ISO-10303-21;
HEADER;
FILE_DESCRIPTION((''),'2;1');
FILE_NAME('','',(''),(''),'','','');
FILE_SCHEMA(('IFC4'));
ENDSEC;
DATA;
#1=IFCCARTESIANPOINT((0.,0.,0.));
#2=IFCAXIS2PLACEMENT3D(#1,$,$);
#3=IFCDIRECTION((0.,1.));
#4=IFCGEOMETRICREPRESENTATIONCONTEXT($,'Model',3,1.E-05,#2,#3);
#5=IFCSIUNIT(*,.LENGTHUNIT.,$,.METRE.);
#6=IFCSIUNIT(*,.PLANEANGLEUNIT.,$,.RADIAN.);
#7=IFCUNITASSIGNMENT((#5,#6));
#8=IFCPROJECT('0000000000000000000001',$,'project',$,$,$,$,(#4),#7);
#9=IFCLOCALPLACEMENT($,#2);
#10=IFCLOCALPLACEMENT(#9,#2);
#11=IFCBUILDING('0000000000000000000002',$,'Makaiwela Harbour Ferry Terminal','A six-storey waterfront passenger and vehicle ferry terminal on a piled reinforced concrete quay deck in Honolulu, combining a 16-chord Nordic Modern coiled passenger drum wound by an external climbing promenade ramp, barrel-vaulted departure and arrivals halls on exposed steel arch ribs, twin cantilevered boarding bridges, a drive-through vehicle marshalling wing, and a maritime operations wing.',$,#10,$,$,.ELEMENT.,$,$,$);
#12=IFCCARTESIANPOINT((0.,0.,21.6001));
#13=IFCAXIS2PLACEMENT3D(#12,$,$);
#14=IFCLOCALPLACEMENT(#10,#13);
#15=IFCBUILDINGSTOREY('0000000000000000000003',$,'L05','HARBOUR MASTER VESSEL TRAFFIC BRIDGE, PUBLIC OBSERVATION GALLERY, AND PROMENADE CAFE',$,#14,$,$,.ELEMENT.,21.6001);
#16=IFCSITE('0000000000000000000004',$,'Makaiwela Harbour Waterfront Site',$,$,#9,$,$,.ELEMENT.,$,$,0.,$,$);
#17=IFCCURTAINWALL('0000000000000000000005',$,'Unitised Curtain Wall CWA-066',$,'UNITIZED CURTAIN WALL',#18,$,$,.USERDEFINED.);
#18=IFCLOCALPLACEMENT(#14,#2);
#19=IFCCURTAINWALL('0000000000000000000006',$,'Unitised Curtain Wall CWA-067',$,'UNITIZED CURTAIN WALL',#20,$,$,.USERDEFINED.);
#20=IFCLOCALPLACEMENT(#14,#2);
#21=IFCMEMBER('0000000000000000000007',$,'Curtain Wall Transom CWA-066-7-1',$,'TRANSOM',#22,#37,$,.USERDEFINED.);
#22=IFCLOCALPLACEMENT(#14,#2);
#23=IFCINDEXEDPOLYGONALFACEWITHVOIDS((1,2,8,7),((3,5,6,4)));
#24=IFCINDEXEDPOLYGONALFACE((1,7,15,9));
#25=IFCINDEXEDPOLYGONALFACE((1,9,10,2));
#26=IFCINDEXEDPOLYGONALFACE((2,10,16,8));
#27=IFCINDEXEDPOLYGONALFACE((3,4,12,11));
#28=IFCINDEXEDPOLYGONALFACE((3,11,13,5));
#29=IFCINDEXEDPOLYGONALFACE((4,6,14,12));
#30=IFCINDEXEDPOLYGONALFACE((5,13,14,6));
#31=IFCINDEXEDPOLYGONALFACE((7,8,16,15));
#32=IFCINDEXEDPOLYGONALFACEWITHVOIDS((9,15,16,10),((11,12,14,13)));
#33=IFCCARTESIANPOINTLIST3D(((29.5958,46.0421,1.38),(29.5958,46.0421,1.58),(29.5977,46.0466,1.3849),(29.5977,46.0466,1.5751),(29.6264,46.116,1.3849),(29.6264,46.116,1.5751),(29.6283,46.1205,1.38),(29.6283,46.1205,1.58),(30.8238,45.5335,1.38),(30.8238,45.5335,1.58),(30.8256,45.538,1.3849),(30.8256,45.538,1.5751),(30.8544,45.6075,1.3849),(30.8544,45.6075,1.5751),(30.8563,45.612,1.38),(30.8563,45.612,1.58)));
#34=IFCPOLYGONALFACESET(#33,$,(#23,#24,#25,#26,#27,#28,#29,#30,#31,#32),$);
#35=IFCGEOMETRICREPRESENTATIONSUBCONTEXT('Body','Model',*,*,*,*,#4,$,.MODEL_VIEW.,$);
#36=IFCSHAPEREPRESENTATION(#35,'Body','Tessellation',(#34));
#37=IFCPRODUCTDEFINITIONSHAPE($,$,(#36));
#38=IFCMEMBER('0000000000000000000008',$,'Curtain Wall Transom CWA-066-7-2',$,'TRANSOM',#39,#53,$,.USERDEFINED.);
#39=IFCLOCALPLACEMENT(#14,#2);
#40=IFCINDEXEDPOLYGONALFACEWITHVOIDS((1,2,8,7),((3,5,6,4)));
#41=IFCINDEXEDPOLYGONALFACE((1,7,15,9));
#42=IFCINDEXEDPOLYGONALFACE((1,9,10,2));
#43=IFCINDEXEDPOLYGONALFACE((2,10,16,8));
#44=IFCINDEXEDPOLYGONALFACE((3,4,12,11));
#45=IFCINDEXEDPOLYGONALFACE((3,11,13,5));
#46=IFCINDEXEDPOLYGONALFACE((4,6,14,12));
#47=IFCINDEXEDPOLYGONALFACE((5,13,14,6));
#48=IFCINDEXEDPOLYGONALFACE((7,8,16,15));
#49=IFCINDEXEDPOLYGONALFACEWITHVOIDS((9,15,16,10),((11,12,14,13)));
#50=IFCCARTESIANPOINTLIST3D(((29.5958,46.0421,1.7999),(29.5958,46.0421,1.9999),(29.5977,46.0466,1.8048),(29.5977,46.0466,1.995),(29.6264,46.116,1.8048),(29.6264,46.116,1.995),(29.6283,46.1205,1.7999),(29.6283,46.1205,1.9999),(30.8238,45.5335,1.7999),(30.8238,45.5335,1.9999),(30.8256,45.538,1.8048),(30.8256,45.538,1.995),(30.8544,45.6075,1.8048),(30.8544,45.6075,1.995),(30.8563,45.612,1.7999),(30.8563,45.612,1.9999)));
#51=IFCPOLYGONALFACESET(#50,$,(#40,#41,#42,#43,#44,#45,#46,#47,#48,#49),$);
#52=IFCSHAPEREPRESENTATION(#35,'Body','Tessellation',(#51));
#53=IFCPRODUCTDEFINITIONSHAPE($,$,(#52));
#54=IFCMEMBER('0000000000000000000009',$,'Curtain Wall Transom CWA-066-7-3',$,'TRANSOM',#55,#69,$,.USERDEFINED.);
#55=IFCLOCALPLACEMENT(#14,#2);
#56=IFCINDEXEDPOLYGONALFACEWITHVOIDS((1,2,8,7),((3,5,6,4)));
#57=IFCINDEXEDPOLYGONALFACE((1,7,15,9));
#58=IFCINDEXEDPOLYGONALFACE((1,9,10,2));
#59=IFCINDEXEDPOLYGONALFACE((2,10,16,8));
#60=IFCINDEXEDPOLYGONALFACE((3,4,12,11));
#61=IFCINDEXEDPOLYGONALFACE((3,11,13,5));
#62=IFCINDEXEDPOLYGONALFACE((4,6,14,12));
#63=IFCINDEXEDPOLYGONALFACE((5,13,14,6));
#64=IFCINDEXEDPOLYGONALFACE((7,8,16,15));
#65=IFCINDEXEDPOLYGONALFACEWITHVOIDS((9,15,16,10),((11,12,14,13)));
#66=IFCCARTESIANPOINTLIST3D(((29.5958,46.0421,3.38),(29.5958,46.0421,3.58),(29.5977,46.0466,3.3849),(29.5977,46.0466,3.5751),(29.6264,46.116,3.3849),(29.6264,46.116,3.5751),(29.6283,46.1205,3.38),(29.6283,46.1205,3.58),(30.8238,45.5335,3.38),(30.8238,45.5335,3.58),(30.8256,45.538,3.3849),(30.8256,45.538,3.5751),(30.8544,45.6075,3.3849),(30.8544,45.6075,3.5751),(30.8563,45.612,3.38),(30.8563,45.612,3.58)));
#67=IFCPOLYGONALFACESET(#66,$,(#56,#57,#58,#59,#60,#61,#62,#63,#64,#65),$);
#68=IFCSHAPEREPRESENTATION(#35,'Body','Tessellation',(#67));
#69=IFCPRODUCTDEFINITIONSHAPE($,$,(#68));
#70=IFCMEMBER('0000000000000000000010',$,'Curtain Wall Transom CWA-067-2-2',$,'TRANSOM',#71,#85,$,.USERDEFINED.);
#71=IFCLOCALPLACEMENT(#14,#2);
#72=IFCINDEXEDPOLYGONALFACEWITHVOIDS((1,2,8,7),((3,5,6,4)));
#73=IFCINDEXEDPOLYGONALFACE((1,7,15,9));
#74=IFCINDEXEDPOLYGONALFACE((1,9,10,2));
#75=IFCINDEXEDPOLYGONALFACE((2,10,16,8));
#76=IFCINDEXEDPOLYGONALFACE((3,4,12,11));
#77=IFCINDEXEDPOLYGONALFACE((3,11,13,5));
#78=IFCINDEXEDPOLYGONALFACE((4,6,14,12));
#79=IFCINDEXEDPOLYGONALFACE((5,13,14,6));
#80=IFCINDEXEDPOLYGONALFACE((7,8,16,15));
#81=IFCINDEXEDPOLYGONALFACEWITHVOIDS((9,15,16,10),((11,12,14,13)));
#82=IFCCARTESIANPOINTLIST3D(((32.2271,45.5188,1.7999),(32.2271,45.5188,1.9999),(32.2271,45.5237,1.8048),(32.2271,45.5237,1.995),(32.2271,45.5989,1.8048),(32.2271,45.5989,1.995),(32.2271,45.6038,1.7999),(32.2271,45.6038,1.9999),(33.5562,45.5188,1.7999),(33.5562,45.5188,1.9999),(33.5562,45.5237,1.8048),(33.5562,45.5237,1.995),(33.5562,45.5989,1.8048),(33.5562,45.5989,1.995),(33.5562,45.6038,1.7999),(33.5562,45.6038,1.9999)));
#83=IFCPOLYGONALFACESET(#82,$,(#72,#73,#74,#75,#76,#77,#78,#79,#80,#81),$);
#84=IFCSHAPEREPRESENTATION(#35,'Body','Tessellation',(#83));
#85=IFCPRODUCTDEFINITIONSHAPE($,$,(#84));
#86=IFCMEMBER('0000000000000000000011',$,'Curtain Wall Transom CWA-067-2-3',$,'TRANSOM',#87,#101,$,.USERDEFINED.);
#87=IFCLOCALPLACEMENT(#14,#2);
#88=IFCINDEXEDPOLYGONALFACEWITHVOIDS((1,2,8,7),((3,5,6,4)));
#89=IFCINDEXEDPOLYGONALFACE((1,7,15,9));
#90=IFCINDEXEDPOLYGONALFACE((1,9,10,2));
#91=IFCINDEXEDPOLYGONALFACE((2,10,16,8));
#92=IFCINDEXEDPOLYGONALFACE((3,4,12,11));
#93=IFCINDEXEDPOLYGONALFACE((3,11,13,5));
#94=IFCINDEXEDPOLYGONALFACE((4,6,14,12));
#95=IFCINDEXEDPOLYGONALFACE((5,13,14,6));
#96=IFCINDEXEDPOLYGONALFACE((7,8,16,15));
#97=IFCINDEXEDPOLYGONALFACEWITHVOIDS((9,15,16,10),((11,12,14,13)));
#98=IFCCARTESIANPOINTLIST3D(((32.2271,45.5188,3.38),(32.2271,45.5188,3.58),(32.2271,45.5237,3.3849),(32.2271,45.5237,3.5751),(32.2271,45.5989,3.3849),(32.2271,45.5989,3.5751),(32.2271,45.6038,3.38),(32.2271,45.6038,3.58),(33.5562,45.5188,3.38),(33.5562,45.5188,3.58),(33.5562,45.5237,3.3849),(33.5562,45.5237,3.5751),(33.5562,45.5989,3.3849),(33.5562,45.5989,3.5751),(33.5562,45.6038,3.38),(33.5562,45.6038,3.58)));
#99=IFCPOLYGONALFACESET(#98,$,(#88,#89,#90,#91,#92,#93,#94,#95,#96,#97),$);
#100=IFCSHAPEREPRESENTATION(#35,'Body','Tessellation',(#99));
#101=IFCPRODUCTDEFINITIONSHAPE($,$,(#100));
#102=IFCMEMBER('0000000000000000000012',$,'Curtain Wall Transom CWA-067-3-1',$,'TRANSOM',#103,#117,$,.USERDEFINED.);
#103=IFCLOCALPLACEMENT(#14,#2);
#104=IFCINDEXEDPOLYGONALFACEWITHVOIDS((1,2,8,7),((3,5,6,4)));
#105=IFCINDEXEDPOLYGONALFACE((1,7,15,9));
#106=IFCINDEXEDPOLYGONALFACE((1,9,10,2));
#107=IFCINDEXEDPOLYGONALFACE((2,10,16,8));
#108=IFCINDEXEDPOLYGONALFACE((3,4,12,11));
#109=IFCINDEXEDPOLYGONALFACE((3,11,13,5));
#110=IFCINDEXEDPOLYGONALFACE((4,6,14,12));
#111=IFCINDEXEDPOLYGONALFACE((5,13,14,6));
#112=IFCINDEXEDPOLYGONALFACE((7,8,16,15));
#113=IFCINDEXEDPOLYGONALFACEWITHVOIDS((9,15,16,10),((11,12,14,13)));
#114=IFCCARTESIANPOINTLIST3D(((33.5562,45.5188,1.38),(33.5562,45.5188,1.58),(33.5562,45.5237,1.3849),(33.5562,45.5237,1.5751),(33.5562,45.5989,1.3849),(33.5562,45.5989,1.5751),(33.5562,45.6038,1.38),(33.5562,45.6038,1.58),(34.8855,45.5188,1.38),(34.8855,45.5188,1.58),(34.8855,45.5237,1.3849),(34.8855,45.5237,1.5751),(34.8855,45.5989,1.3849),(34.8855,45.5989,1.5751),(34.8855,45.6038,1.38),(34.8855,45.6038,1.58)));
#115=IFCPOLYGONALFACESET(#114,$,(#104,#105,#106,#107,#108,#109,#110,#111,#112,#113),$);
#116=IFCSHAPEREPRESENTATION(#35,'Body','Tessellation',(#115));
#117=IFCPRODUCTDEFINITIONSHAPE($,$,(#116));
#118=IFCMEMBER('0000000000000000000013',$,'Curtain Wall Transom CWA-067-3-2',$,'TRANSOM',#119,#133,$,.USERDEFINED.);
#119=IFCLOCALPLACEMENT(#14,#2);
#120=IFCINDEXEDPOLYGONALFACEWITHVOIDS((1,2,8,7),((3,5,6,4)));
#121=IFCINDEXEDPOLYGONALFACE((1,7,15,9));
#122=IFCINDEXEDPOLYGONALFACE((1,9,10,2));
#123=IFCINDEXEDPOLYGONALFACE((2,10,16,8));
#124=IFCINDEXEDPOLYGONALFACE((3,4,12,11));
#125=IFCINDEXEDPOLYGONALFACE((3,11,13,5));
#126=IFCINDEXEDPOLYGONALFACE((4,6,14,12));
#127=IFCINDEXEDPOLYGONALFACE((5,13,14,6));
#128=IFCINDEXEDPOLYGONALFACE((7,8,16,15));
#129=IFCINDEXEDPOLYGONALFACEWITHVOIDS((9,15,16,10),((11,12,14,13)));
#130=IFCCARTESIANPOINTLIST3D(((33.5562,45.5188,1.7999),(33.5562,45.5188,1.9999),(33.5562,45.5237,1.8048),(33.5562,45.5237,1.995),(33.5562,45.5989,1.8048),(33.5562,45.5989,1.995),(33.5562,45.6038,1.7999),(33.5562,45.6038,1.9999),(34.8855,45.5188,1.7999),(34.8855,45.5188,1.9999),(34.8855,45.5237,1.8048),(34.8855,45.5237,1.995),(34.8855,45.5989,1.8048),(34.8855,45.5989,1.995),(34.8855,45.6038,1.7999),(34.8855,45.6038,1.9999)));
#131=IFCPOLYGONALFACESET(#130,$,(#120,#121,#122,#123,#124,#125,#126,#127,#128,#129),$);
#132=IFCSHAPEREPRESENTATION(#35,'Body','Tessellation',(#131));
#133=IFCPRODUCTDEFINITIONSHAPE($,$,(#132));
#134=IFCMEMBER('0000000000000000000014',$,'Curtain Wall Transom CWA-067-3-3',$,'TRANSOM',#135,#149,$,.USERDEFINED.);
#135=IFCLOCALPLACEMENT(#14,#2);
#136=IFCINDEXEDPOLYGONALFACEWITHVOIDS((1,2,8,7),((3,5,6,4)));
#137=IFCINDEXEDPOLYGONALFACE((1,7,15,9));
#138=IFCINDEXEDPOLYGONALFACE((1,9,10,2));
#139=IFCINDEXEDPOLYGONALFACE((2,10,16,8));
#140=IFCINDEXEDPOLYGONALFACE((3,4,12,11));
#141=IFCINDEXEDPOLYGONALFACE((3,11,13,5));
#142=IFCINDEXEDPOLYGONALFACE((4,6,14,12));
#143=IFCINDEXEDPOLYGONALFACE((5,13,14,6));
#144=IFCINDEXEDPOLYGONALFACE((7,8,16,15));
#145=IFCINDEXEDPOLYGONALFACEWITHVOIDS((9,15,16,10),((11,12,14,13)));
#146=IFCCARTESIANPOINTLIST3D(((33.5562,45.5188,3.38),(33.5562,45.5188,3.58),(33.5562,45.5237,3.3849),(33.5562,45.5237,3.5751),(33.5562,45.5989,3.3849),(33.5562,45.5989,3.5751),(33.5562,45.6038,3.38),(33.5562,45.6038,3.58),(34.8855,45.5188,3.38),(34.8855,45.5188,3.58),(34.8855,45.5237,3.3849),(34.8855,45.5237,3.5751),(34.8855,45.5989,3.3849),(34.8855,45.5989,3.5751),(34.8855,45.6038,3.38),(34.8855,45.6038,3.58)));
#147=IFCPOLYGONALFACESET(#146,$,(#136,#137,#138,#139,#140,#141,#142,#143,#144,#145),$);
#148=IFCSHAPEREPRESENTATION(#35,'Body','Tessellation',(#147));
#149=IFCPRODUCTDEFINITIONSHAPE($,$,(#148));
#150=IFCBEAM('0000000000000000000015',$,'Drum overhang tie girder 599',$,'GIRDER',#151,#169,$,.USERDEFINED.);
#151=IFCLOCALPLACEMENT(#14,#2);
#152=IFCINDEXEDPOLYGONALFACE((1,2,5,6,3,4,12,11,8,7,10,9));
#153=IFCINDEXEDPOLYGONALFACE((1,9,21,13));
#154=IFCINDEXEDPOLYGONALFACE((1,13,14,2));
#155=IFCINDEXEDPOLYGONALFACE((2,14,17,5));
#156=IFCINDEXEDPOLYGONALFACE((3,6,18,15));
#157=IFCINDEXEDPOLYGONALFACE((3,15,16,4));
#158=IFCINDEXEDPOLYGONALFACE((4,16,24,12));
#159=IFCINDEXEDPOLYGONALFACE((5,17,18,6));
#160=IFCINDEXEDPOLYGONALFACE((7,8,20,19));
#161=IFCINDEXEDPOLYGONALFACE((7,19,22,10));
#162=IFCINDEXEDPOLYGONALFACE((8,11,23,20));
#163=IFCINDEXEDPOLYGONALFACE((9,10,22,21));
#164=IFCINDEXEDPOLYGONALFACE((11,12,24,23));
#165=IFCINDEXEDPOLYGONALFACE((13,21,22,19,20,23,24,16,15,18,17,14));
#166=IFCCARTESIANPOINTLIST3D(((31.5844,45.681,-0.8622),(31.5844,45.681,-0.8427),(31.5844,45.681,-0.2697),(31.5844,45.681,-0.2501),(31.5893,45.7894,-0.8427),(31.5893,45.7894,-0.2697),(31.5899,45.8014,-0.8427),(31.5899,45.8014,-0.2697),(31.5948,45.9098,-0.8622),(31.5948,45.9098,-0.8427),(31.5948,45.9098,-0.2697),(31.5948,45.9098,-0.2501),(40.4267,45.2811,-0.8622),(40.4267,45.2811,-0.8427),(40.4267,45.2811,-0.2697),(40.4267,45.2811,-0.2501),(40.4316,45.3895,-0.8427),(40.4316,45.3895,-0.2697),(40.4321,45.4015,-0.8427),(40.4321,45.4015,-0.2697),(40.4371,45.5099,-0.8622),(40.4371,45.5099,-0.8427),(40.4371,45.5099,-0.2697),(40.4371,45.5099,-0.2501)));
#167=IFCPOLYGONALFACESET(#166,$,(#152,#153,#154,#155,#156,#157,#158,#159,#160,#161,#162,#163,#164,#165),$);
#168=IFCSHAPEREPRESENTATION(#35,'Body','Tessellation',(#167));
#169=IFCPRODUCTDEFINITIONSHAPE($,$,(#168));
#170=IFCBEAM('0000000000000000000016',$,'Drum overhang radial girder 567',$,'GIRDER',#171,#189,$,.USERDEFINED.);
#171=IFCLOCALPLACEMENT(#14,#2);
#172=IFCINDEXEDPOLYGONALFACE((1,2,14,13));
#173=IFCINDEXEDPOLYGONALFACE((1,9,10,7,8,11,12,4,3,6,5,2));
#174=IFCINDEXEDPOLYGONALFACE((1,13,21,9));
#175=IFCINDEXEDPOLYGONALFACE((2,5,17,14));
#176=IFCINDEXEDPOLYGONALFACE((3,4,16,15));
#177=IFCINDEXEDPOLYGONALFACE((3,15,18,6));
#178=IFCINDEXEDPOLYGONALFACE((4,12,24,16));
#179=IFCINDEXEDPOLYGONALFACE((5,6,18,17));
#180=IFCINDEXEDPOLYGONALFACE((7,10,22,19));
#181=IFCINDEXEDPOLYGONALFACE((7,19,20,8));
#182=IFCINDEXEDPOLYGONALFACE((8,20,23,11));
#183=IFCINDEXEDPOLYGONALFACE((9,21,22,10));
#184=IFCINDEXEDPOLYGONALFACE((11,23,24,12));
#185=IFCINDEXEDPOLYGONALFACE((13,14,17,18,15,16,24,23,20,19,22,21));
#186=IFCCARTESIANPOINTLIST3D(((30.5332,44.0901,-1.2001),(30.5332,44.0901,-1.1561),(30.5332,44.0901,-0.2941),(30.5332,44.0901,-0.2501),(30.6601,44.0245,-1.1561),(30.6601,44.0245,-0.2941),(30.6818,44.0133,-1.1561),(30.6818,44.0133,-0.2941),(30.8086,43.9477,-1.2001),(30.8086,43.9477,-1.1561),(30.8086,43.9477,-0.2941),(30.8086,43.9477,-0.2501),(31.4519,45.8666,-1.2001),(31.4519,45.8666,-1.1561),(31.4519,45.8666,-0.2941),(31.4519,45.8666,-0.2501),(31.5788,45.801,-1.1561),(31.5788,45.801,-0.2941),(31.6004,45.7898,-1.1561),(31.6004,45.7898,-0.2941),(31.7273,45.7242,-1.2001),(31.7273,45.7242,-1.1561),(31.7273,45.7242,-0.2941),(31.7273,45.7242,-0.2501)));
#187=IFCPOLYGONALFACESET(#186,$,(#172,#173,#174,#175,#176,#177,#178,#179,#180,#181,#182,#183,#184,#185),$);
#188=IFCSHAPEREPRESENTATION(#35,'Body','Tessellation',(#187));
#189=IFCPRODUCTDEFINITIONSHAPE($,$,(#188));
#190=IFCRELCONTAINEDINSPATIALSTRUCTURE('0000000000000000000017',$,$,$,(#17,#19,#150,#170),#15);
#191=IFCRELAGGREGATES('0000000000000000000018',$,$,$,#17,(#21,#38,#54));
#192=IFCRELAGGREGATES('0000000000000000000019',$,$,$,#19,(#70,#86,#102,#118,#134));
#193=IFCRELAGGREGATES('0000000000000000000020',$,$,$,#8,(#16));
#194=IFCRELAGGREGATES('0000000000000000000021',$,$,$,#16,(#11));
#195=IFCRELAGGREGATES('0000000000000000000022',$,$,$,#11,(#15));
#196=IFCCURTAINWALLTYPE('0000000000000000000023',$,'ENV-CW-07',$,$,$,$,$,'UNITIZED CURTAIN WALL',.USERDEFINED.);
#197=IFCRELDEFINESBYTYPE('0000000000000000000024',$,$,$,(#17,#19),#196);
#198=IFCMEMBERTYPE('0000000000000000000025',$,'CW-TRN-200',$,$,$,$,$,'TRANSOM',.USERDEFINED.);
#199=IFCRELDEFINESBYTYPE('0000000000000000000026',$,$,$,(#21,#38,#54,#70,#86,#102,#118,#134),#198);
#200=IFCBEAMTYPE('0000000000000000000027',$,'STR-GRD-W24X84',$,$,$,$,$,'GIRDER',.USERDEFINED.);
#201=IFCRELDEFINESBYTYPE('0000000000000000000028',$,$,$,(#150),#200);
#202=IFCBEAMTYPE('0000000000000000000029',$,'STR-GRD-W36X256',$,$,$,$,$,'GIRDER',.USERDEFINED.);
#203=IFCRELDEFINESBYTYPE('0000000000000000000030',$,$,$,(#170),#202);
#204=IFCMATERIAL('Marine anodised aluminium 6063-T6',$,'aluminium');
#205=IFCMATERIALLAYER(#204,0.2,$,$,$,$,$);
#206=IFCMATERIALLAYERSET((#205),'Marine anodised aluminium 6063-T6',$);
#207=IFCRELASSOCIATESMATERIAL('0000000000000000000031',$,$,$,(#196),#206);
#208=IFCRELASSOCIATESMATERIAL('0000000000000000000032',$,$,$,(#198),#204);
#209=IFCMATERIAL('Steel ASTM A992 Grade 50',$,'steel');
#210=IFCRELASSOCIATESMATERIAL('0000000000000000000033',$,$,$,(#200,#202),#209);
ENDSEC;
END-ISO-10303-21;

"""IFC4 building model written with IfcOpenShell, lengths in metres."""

from ifc_helpers import new_model, si_unit, direction, frame, origin, origin_2d, place, context, subcontext, project, spatial, hollow_rectangle, i_section, extrude, material, layer, layer_set, material_profile, profile_set, type_object, element, aggregate, save


model = new_model("IFC4")

# Units and contexts
model_context = context("Model", 3, precision=1e-05, world=origin(), true_north=direction((0.0, 1.0)))
body_context = subcontext(model_context, "Body", "Model", "MODEL_VIEW")
ifc_project = project(units=[si_unit("LENGTHUNIT", "METRE"), si_unit("PLANEANGLEUNIT", "RADIAN")], contexts=[model_context])

# Site, building, storey
site_placement = place(None, origin())
site = spatial("IfcSite", under=ifc_project, at=site_placement, Name="Makaiwela Harbour Waterfront Site", CompositionType="ELEMENT", RefElevation=0.0)
building_placement = place(site_placement, origin())
building = spatial("IfcBuilding", under=site, at=building_placement, Name="Makaiwela Harbour Ferry Terminal", Description="A six-storey waterfront passenger and vehicle ferry terminal on a piled reinforced concrete quay deck in Honolulu, combining a 16-chord Nordic Modern coiled passenger drum wound by an external climbing promenade ramp, barrel-vaulted departure and arrivals halls on exposed steel arch ribs, twin cantilevered boarding bridges, a drive-through vehicle marshalling wing, and a maritime operations wing.", CompositionType="ELEMENT")
storey_placement = place(building_placement, frame((0.0, 0.0, 21.6001)))
storey = spatial("IfcBuildingStorey", under=building, at=storey_placement, Name="L05", Description="HARBOUR MASTER VESSEL TRAFFIC BRIDGE, PUBLIC OBSERVATION GALLERY, AND PROMENADE CAFE", CompositionType="ELEMENT", Elevation=21.6001)

# Curtain wall
ifc_material_1 = material(Name="Marine anodised aluminium 6063-T6", Category="aluminium")
ifc_layer_1 = layer(ifc_material_1, 0.2)
ifc_layer_set_1 = layer_set([ifc_layer_1], Name="Marine anodised aluminium 6063-T6")
curtain_wall_type = type_object("IfcCurtainWallType", Name="ENV-CW-07", ElementType="UNITIZED CURTAIN WALL", PredefinedType="USERDEFINED", material=ifc_layer_set_1)
curtain_wall_1_placement = place(storey_placement, origin())
curtain_wall_1 = element("IfcCurtainWall", 1, at=curtain_wall_1_placement, inside=storey, type_object=curtain_wall_type, Name="Unitised Curtain Wall CWA-066", ObjectType="UNITIZED CURTAIN WALL", PredefinedType="USERDEFINED")

# Curtain wall
curtain_wall_2_placement = place(storey_placement, origin())
curtain_wall_2 = element("IfcCurtainWall", 2, at=curtain_wall_2_placement, inside=storey, type_object=curtain_wall_type, Name="Unitised Curtain Wall CWA-067", ObjectType="UNITIZED CURTAIN WALL", PredefinedType="USERDEFINED")

# Members
ifc_material_profile_1 = material_profile(ifc_material_1, hollow_rectangle(XDim=0.085, YDim=0.2, WallThickness=0.0049, at=origin_2d()), Name="CWT-200X85")
ifc_profile_set_1 = profile_set([ifc_material_profile_1], Name="Marine anodised aluminium 6063-T6")
member_type_1 = type_object("IfcMemberType", Name="CW-TRN-200", ElementType="TRANSOM", PredefinedType="USERDEFINED", material=ifc_profile_set_1)
member_1_placement = place(storey_placement, frame((29.6121, 46.0813, 1.48), z_axis=(0.923912, -0.382606, 0.0), x_axis=(0.382606, 0.923912, 0.0)))
member_1 = element("IfcMember", 3, at=member_1_placement, type_object=member_type_1, Name="Curtain Wall Transom CWA-066-7-1", ObjectType="TRANSOM", PredefinedType="USERDEFINED", context=body_context, shape_type="SweptSolid", body=[
    extrude(hollow_rectangle(XDim=0.085, YDim=0.2, WallThickness=0.0049, at=origin_2d()), origin(), (0.0, 0.0, 1.0), 1.3291),
])
member_2_placement = place(storey_placement, frame((29.6121, 46.0813, 1.8999), z_axis=(0.923912, -0.382606, 0.0), x_axis=(0.382606, 0.923912, 0.0)))
member_2 = element("IfcMember", 4, at=member_2_placement, type_object=member_type_1, Name="Curtain Wall Transom CWA-066-7-2", ObjectType="TRANSOM", PredefinedType="USERDEFINED", context=body_context, shape_type="SweptSolid", body=[
    extrude(hollow_rectangle(XDim=0.085, YDim=0.2, WallThickness=0.0049, at=origin_2d()), origin(), (0.0, 0.0, 1.0), 1.3291),
])
member_3_placement = place(storey_placement, frame((29.6121, 46.0813, 3.48), z_axis=(0.923912, -0.382606, 0.0), x_axis=(0.382606, 0.923912, 0.0)))
member_3 = element("IfcMember", 5, at=member_3_placement, type_object=member_type_1, Name="Curtain Wall Transom CWA-066-7-3", ObjectType="TRANSOM", PredefinedType="USERDEFINED", context=body_context, shape_type="SweptSolid", body=[
    extrude(hollow_rectangle(XDim=0.085, YDim=0.2, WallThickness=0.0049, at=origin_2d()), origin(), (0.0, 0.0, 1.0), 1.3291),
])
member_4_placement = place(storey_placement, frame((32.2271, 45.5613, 1.8999), z_axis=(1.0, 0.0, 0.0), x_axis=(0.0, 1.0, 0.0)))
member_4 = element("IfcMember", 6, at=member_4_placement, type_object=member_type_1, Name="Curtain Wall Transom CWA-067-2-2", ObjectType="TRANSOM", PredefinedType="USERDEFINED", context=body_context, shape_type="SweptSolid", body=[
    extrude(hollow_rectangle(XDim=0.085, YDim=0.2, WallThickness=0.0049, at=origin_2d()), origin(), (0.0, 0.0, 1.0), 1.3291),
])
member_5_placement = place(storey_placement, frame((32.2271, 45.5613, 3.48), z_axis=(1.0, 0.0, 0.0), x_axis=(0.0, 1.0, 0.0)))
member_5 = element("IfcMember", 7, at=member_5_placement, type_object=member_type_1, Name="Curtain Wall Transom CWA-067-2-3", ObjectType="TRANSOM", PredefinedType="USERDEFINED", context=body_context, shape_type="SweptSolid", body=[
    extrude(hollow_rectangle(XDim=0.085, YDim=0.2, WallThickness=0.0049, at=origin_2d()), origin(), (0.0, 0.0, 1.0), 1.3291),
])
member_6_placement = place(storey_placement, frame((33.5562, 45.5613, 1.48), z_axis=(1.0, 0.0, 0.0), x_axis=(0.0, 1.0, 0.0)))
member_6 = element("IfcMember", 8, at=member_6_placement, type_object=member_type_1, Name="Curtain Wall Transom CWA-067-3-1", ObjectType="TRANSOM", PredefinedType="USERDEFINED", context=body_context, shape_type="SweptSolid", body=[
    extrude(hollow_rectangle(XDim=0.085, YDim=0.2, WallThickness=0.0049, at=origin_2d()), origin(), (0.0, 0.0, 1.0), 1.3293),
])
member_7_placement = place(storey_placement, frame((33.5562, 45.5613, 1.8999), z_axis=(1.0, 0.0, 0.0), x_axis=(0.0, 1.0, 0.0)))
member_7 = element("IfcMember", 9, at=member_7_placement, type_object=member_type_1, Name="Curtain Wall Transom CWA-067-3-2", ObjectType="TRANSOM", PredefinedType="USERDEFINED", context=body_context, shape_type="SweptSolid", body=[
    extrude(hollow_rectangle(XDim=0.085, YDim=0.2, WallThickness=0.0049, at=origin_2d()), origin(), (0.0, 0.0, 1.0), 1.3293),
])
member_8_placement = place(storey_placement, frame((33.5562, 45.5613, 3.48), z_axis=(1.0, 0.0, 0.0), x_axis=(0.0, 1.0, 0.0)))
member_8 = element("IfcMember", 10, at=member_8_placement, type_object=member_type_1, Name="Curtain Wall Transom CWA-067-3-3", ObjectType="TRANSOM", PredefinedType="USERDEFINED", context=body_context, shape_type="SweptSolid", body=[
    extrude(hollow_rectangle(XDim=0.085, YDim=0.2, WallThickness=0.0049, at=origin_2d()), origin(), (0.0, 0.0, 1.0), 1.3293),
])

# Beams
ifc_material_2 = material(Name="Steel ASTM A992 Grade 50", Category="steel")
ifc_material_profile_2 = material_profile(ifc_material_2, i_section(OverallWidth=0.229, OverallDepth=0.6121, WebThickness=0.012, FlangeThickness=0.0195, at=origin_2d()), Name="W24X84")
ifc_profile_set_2 = profile_set([ifc_material_profile_2], Name="Steel ASTM A992 Grade 50")
beam_type_1 = type_object("IfcBeamType", Name="STR-GRD-W24X84", ElementType="GIRDER", PredefinedType="USERDEFINED", material=ifc_profile_set_2)
beam_1_placement = place(storey_placement, frame((31.5896, 45.7954, -0.5562), z_axis=(0.998979, -0.04518, 0.0), x_axis=(0.04518, 0.998979, 0.0)))
element("IfcBeam", 11, at=beam_1_placement, inside=storey, type_object=beam_type_1, Name="Drum overhang tie girder 599", ObjectType="GIRDER", PredefinedType="USERDEFINED", context=body_context, shape_type="SweptSolid", body=[
    extrude(i_section(OverallWidth=0.229, OverallDepth=0.6121, WebThickness=0.012, FlangeThickness=0.0195, at=origin_2d()), origin(), (0.0, 0.0, 1.0), 8.8513),
])
ifc_material_profile_3 = material_profile(ifc_material_2, i_section(OverallWidth=0.3101, OverallDepth=0.95, WebThickness=0.0244, FlangeThickness=0.0439, at=origin_2d()), Name="W36X256")
ifc_profile_set_3 = profile_set([ifc_material_profile_3], Name="Steel ASTM A992 Grade 50")
beam_type_2 = type_object("IfcBeamType", Name="STR-GRD-W36X256", ElementType="GIRDER", PredefinedType="USERDEFINED", material=ifc_profile_set_3)
beam_2_placement = place(storey_placement, frame((31.5896, 45.7954, -0.7251), z_axis=(-0.45933, -0.888266, 0.0), x_axis=(0.888266, -0.45933, 0.0)))
element("IfcBeam", 12, at=beam_2_placement, inside=storey, type_object=beam_type_2, Name="Drum overhang radial girder 567", ObjectType="GIRDER", PredefinedType="USERDEFINED", context=body_context, shape_type="SweptSolid", body=[
    extrude(i_section(OverallWidth=0.3101, OverallDepth=0.95, WebThickness=0.0244, FlangeThickness=0.0439, at=origin_2d()), origin(), (0.0, 0.0, 1.0), 2.0),
])

aggregate(curtain_wall_1, [member_1, member_2, member_3])
aggregate(curtain_wall_2, [member_4, member_5, member_6, member_7, member_8])

save(model, "model.ifc")
